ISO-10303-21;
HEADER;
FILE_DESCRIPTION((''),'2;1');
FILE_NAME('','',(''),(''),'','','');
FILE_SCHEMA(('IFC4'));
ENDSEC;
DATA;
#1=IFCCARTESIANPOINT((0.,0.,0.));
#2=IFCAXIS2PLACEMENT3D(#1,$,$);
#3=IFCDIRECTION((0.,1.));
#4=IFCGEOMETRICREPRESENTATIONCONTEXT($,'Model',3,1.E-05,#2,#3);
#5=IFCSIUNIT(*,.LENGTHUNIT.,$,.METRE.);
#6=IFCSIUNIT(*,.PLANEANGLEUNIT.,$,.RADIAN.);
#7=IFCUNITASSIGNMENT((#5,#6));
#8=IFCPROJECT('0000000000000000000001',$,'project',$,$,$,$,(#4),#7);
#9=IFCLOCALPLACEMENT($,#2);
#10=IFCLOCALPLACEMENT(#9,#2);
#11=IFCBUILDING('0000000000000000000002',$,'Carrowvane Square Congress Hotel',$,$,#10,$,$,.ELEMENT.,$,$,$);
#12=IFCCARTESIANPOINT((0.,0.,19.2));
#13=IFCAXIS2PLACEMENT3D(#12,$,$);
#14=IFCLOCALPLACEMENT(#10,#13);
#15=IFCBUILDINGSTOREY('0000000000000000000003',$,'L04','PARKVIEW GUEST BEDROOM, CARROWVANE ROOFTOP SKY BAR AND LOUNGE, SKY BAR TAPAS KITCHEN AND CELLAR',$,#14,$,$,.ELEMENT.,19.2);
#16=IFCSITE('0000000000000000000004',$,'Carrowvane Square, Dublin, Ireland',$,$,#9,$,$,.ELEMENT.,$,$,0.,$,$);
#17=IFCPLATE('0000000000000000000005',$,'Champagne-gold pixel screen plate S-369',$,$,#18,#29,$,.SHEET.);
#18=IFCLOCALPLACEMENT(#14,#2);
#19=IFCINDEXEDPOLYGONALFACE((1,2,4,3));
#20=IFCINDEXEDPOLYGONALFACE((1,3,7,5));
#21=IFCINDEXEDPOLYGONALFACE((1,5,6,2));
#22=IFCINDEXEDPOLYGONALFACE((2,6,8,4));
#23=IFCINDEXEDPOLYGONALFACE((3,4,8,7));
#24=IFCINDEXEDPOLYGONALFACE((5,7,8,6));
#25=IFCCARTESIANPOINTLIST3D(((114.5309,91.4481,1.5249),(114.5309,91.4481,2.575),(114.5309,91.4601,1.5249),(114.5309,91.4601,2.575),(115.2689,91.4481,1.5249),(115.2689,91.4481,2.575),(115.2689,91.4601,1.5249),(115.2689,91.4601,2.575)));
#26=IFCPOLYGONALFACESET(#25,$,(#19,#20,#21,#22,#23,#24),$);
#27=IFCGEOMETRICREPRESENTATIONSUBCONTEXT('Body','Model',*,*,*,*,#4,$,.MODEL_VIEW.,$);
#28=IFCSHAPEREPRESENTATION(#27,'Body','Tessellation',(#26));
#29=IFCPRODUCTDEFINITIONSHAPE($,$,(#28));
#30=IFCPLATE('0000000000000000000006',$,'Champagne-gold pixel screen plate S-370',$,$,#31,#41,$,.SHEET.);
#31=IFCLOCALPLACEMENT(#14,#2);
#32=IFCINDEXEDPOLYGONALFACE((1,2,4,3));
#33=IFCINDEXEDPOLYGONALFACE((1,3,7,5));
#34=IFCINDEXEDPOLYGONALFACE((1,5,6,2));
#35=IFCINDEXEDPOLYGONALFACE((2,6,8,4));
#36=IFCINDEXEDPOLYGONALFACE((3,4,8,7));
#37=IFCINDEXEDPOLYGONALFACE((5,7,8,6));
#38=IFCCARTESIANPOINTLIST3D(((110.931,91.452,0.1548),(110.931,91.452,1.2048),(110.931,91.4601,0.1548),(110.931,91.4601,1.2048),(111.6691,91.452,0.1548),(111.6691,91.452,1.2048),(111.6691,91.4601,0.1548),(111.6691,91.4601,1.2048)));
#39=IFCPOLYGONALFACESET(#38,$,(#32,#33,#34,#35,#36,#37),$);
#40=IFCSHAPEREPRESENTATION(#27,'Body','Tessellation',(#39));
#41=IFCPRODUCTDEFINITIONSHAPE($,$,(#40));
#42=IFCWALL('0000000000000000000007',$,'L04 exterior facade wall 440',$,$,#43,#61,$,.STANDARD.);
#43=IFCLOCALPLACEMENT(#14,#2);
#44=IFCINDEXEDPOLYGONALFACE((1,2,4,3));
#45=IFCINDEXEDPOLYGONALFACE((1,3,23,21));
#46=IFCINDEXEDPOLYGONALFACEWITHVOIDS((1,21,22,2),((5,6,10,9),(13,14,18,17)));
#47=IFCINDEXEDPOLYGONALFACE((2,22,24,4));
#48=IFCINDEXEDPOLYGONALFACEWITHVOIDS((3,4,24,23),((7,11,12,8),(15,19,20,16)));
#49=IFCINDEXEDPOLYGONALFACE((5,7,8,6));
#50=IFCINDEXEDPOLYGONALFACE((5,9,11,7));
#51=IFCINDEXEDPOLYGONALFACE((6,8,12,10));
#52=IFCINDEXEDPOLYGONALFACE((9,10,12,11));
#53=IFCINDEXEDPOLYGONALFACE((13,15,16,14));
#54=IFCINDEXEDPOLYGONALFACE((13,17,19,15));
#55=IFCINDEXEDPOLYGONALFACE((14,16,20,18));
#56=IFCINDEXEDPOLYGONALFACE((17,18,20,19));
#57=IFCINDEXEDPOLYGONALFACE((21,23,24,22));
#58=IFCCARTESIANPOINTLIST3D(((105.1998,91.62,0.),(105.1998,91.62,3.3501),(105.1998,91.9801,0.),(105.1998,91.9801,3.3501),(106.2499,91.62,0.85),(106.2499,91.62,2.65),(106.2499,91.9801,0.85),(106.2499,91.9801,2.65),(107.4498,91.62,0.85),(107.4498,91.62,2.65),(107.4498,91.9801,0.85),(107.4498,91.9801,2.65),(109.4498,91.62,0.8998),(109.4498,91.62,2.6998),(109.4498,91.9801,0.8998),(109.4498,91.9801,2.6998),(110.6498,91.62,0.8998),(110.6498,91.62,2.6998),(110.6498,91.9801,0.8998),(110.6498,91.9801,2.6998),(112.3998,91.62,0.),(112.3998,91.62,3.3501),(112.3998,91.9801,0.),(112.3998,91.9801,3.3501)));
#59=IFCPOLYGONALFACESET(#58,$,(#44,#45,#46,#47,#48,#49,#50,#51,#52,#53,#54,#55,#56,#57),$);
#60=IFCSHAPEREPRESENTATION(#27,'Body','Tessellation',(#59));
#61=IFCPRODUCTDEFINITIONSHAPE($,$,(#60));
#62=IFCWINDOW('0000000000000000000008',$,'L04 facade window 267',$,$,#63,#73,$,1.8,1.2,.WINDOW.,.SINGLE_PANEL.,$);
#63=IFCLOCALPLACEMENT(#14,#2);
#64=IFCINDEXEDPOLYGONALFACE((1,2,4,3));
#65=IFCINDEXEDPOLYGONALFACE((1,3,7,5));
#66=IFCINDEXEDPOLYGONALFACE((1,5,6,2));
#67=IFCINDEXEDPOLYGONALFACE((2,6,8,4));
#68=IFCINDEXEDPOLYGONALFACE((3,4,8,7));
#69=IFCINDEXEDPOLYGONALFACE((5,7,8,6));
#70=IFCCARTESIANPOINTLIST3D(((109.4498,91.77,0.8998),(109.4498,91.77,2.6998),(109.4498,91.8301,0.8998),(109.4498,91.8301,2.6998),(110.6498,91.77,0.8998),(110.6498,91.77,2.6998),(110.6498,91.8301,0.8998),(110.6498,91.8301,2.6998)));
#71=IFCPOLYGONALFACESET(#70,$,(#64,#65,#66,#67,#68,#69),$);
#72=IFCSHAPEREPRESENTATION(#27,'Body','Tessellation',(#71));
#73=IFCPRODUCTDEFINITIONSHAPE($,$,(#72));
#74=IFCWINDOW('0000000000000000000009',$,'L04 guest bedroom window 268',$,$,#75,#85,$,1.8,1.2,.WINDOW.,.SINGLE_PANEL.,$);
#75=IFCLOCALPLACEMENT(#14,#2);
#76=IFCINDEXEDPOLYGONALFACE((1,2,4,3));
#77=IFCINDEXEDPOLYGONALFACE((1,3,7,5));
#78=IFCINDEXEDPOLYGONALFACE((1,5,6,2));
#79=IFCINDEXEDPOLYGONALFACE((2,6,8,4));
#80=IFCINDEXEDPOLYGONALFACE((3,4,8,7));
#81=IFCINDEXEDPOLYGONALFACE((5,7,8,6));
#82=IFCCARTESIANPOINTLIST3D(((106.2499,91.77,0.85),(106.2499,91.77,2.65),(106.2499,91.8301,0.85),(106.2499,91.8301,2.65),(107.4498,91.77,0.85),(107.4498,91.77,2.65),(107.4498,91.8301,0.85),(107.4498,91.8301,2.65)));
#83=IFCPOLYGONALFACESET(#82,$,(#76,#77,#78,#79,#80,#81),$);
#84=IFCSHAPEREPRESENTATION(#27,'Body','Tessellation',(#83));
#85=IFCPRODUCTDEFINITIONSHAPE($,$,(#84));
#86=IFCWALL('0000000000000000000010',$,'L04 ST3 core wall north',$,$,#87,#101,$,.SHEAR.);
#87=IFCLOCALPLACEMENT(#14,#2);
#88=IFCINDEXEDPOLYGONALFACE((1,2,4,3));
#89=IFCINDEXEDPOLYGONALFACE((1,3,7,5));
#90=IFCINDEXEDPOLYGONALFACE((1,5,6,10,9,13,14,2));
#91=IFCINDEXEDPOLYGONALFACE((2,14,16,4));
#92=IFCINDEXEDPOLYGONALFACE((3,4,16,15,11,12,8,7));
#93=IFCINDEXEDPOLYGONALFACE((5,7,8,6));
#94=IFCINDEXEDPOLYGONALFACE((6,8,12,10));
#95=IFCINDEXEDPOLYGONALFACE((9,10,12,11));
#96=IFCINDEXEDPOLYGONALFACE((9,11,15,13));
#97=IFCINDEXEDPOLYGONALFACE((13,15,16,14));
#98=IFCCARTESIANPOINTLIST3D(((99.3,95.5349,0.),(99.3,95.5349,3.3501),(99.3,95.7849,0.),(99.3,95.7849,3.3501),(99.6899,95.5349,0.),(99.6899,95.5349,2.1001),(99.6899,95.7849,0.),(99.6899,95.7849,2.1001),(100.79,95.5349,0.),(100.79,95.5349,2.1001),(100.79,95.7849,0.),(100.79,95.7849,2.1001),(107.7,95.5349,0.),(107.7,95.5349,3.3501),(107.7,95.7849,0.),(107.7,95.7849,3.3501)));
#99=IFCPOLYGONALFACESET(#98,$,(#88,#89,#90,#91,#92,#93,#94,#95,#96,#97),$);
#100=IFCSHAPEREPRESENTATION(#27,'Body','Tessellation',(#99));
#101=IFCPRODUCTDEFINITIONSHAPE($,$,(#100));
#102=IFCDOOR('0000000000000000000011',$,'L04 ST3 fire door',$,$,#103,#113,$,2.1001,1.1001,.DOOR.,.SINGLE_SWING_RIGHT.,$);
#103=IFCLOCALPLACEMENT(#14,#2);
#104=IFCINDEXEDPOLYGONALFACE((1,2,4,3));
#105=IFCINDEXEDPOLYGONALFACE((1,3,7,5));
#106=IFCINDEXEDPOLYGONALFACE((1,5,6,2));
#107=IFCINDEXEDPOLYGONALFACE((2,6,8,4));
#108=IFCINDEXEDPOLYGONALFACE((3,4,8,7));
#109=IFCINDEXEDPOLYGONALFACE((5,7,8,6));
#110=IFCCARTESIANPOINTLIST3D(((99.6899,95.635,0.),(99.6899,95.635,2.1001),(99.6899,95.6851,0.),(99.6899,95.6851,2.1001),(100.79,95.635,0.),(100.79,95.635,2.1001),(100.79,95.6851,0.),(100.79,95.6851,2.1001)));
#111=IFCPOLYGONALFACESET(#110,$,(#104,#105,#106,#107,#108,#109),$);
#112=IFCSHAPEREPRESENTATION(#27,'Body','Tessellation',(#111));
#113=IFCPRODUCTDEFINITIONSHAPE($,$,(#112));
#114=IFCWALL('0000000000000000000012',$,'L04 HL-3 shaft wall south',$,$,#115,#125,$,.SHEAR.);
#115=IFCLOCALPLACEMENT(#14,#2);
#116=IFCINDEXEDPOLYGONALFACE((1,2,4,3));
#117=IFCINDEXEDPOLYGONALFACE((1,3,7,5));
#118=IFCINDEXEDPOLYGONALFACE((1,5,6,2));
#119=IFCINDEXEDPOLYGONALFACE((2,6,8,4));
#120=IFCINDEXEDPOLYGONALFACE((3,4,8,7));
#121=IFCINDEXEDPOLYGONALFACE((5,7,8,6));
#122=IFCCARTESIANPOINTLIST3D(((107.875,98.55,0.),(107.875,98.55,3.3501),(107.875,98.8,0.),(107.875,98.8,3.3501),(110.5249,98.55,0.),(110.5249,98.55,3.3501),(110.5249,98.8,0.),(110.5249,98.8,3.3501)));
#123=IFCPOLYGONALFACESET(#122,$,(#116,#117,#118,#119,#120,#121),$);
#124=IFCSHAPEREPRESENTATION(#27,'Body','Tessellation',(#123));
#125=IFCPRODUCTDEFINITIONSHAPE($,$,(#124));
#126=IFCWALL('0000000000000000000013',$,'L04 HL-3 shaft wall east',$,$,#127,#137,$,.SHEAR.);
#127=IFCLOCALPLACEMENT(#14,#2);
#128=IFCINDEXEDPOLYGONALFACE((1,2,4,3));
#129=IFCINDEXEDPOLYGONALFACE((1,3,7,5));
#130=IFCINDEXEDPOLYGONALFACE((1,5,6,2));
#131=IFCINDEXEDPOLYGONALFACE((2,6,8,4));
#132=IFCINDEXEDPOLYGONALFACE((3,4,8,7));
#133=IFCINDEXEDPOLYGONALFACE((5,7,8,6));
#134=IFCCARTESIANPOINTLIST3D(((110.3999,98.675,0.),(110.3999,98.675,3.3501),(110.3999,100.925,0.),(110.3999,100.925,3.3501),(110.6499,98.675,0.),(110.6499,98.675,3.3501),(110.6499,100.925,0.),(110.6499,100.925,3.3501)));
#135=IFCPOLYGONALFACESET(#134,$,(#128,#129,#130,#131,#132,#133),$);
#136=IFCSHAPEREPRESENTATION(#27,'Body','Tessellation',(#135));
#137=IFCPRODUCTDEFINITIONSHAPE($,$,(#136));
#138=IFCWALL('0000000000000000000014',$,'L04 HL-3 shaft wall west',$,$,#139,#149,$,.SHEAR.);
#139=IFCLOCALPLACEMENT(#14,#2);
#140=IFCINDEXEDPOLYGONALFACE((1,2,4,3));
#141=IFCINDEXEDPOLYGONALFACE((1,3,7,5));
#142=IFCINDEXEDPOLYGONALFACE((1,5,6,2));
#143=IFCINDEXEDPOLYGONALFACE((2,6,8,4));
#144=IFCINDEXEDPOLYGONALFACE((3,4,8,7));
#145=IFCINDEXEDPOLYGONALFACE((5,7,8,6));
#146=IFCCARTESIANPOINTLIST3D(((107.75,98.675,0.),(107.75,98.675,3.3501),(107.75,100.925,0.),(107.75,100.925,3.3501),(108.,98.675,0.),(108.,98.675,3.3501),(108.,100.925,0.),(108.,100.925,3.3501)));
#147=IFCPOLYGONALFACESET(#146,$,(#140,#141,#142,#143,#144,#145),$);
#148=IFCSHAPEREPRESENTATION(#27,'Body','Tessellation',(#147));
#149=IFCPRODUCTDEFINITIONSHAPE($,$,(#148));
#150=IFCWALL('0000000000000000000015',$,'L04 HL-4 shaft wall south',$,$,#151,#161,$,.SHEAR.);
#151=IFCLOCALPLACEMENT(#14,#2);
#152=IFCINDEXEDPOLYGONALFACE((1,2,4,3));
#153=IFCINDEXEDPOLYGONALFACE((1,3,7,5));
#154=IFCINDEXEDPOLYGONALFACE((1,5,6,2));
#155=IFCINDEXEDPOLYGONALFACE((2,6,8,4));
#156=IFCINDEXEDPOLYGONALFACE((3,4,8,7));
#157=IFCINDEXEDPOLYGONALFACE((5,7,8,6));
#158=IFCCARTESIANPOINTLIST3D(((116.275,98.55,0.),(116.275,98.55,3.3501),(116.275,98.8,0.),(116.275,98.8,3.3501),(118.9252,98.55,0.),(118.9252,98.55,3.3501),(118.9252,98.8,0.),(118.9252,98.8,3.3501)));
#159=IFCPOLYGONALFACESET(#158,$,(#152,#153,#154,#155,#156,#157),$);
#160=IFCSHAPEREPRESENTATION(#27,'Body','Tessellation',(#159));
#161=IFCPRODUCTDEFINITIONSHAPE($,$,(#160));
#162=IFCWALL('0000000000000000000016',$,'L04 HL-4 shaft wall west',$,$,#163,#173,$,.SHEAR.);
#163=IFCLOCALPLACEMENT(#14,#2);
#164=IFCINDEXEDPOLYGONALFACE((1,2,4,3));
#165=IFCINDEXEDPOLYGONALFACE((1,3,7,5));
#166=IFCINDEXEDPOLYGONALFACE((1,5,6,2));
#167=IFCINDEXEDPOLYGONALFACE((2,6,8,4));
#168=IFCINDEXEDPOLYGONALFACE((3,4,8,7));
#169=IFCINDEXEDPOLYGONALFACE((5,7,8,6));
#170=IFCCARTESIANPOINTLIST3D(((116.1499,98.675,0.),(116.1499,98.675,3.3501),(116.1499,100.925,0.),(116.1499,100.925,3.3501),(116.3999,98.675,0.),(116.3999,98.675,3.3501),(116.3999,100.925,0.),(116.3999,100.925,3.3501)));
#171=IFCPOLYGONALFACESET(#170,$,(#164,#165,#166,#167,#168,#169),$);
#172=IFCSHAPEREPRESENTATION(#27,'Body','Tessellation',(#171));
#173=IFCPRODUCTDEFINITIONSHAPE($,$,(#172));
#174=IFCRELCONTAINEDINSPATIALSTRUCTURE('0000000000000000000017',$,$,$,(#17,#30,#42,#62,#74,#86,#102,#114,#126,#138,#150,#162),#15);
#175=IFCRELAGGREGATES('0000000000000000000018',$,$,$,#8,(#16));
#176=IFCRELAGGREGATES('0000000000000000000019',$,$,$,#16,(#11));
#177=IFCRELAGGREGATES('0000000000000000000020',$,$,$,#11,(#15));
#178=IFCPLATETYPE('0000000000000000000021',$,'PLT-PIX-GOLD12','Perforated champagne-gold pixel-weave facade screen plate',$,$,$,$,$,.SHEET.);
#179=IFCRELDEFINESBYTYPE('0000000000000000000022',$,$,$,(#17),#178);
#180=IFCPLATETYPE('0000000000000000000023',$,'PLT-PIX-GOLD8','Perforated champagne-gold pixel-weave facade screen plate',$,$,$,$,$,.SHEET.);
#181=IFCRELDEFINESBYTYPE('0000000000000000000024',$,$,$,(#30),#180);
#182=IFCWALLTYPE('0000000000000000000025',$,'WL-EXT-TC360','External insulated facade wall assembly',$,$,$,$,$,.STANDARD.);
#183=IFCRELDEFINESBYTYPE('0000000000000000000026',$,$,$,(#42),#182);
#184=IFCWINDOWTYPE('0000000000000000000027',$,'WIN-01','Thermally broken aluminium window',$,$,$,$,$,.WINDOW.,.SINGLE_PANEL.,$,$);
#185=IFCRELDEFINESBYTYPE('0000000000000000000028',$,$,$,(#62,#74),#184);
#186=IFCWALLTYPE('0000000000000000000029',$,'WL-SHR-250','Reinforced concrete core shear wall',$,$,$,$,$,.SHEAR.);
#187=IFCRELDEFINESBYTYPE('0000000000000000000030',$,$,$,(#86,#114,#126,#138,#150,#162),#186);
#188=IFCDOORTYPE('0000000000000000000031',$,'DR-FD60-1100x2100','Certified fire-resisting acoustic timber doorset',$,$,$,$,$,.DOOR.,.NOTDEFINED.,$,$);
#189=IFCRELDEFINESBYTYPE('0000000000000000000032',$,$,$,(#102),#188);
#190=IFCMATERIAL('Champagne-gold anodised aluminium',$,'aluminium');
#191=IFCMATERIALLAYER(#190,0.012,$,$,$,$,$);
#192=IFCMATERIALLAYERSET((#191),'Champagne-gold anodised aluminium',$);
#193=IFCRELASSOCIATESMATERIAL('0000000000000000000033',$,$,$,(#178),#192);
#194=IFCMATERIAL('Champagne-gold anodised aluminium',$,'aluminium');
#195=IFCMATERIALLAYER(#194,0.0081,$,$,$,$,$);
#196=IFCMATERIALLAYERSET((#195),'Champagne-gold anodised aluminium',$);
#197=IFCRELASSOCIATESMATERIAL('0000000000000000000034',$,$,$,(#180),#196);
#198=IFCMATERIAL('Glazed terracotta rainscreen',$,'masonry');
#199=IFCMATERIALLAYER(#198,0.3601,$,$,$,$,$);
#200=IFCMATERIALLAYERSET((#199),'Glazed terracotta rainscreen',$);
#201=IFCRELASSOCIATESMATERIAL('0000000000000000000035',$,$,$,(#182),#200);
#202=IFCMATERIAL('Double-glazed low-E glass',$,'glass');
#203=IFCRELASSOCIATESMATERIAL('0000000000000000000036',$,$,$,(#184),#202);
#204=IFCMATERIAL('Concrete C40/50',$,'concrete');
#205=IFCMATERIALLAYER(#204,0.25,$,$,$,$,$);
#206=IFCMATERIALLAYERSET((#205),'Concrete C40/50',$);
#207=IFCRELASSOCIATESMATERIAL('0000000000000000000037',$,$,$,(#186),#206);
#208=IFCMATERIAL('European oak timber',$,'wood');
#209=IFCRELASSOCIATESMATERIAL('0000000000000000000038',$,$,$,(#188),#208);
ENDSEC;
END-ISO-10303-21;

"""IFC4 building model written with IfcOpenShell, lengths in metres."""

from ifc_helpers import new_model, si_unit, direction, frame, frame_2d, origin, origin_2d, place, context, subcontext, project, spatial, rectangle, extrude, material, layer, layer_set, type_object, element, fill, save


model = new_model("IFC4")

# Units and contexts
model_context = context("Model", 3, precision=1e-05, world=origin(), true_north=direction((0.0, 1.0)))
body_context = subcontext(model_context, "Body", "Model", "MODEL_VIEW")
ifc_project = project(units=[si_unit("LENGTHUNIT", "METRE"), si_unit("PLANEANGLEUNIT", "RADIAN")], contexts=[model_context])

# Site, building, storey
site_placement = place(None, origin())
site = spatial("IfcSite", under=ifc_project, at=site_placement, Name="Carrowvane Square, Dublin, Ireland", CompositionType="ELEMENT", RefElevation=0.0)
building_placement = place(site_placement, origin())
building = spatial("IfcBuilding", under=site, at=building_placement, Name="Carrowvane Square Congress Hotel", CompositionType="ELEMENT")
storey_placement = place(building_placement, frame((0.0, 0.0, 19.2)))
storey = spatial("IfcBuildingStorey", under=building, at=storey_placement, Name="L04", Description="PARKVIEW GUEST BEDROOM, CARROWVANE ROOFTOP SKY BAR AND LOUNGE, SKY BAR TAPAS KITCHEN AND CELLAR", CompositionType="ELEMENT", Elevation=19.2)

# Plates
ifc_material_1 = material(Name="Champagne-gold anodised aluminium", Category="aluminium")
ifc_layer_1 = layer(ifc_material_1, 0.012)
ifc_layer_set_1 = layer_set([ifc_layer_1], Name="Champagne-gold anodised aluminium")
plate_type_1 = type_object("IfcPlateType", Name="PLT-PIX-GOLD12", Description="Perforated champagne-gold pixel-weave facade screen plate", PredefinedType="SHEET", material=ifc_layer_set_1)
plate_1_placement = place(storey_placement, frame((114.8999, 91.4541, 1.5249), z_axis=(0.0, 0.0, 1.0), x_axis=(-1.0, 0.0, 0.0)))
element("IfcPlate", 1, at=plate_1_placement, inside=storey, type_object=plate_type_1, Name="Champagne-gold pixel screen plate S-369", PredefinedType="SHEET", context=body_context, shape_type="SweptSolid", body=[
    extrude(rectangle(XDim=0.738, YDim=0.012, at=origin_2d()), origin(), (0.0, 0.0, 1.0), 1.05),
])
ifc_material_2 = material(Name="Champagne-gold anodised aluminium", Category="aluminium")
ifc_layer_2 = layer(ifc_material_2, 0.0081)
ifc_layer_set_2 = layer_set([ifc_layer_2], Name="Champagne-gold anodised aluminium")
plate_type_2 = type_object("IfcPlateType", Name="PLT-PIX-GOLD8", Description="Perforated champagne-gold pixel-weave facade screen plate", PredefinedType="SHEET", material=ifc_layer_set_2)
plate_2_placement = place(storey_placement, frame((111.3, 91.4561, 0.1548), z_axis=(0.0, 0.0, 1.0), x_axis=(-1.0, 0.0, 0.0)))
element("IfcPlate", 2, at=plate_2_placement, inside=storey, type_object=plate_type_2, Name="Champagne-gold pixel screen plate S-370", PredefinedType="SHEET", context=body_context, shape_type="SweptSolid", body=[
    extrude(rectangle(XDim=0.738, YDim=0.0081, at=origin_2d()), origin(), (0.0, 0.0, 1.0), 1.05),
])

# Wall, openings, windows
ifc_material_3 = material(Name="Glazed terracotta rainscreen", Category="masonry")
ifc_layer_3 = layer(ifc_material_3, 0.3601)
ifc_layer_set_3 = layer_set([ifc_layer_3], Name="Glazed terracotta rainscreen")
wall_type_1 = type_object("IfcWallType", Name="WL-EXT-TC360", Description="External insulated facade wall assembly", PredefinedType="STANDARD", material=ifc_layer_set_3)
wall_1_placement = place(storey_placement, frame((112.3999, 91.8, 0.0), z_axis=(0.0, 0.0, 1.0), x_axis=(-1.0, 0.0, 0.0)))
wall_1 = element("IfcWall", 3, at=wall_1_placement, inside=storey, type_object=wall_type_1, Name="L04 exterior facade wall 440", PredefinedType="STANDARD", context=body_context, shape_type="SweptSolid", body=[
    extrude(rectangle(XDim=7.2, YDim=0.3601, at=frame_2d((3.6001, 0.0))), origin(), (0.0, 0.0, 1.0), 3.3501),
])
opening_1_placement = place(wall_1_placement, frame((1.75, 0.0, 0.8999)))
opening_1 = element("IfcOpeningElement", 4, at=opening_1_placement, cuts=wall_1, PredefinedType="OPENING", context=body_context, shape_type="SweptSolid", body=[
    extrude(rectangle(XDim=1.2, YDim=1.8, at=frame_2d((0.6001, 0.8999))), frame((0.0, 0.1899, 0.0), z_axis=(0.0, -1.0, 0.0), x_axis=(1.0, 0.0, 0.0)), (0.0, 0.0, 1.0), 0.3801),
])
opening_2_placement = place(wall_1_placement, frame((4.95, 0.0, 0.8501)))
opening_2 = element("IfcOpeningElement", 5, at=opening_2_placement, cuts=wall_1, PredefinedType="OPENING", context=body_context, shape_type="SweptSolid", body=[
    extrude(rectangle(XDim=1.2, YDim=1.8, at=frame_2d((0.6001, 0.8999))), frame((0.0, 0.1899, 0.0), z_axis=(0.0, -1.0, 0.0), x_axis=(1.0, 0.0, 0.0)), (0.0, 0.0, 1.0), 0.3801),
])
ifc_material_4 = material(Name="Double-glazed low-E glass", Category="glass")
window_type = type_object("IfcWindowType", Name="WIN-01", Description="Thermally broken aluminium window", PartitioningType="SINGLE_PANEL", PredefinedType="WINDOW", material=ifc_material_4)
window_1_placement = place(opening_1_placement, origin())
window_1 = element("IfcWindow", 6, at=window_1_placement, inside=storey, type_object=window_type, Name="L04 facade window 267", OverallHeight=1.8, OverallWidth=1.2, PartitioningType="SINGLE_PANEL", PredefinedType="WINDOW", context=body_context, shape_type="SweptSolid", body=[
    extrude(rectangle(XDim=1.2, YDim=1.8, at=frame_2d((0.6001, 0.8999))), frame((0.0, 0.03, 0.0), z_axis=(0.0, -1.0, 0.0), x_axis=(1.0, 0.0, 0.0)), (0.0, 0.0, 1.0), 0.0601),
])
fill(opening_1, window_1)
window_2_placement = place(opening_2_placement, origin())
window_2 = element("IfcWindow", 7, at=window_2_placement, inside=storey, type_object=window_type, Name="L04 guest bedroom window 268", OverallHeight=1.8, OverallWidth=1.2, PartitioningType="SINGLE_PANEL", PredefinedType="WINDOW", context=body_context, shape_type="SweptSolid", body=[
    extrude(rectangle(XDim=1.2, YDim=1.8, at=frame_2d((0.6001, 0.8999))), frame((0.0, 0.03, 0.0), z_axis=(0.0, -1.0, 0.0), x_axis=(1.0, 0.0, 0.0)), (0.0, 0.0, 1.0), 0.0601),
])
fill(opening_2, window_2)

# Wall, opening, door
ifc_material_5 = material(Name="Concrete C40/50", Category="concrete")
ifc_layer_4 = layer(ifc_material_5, 0.25)
ifc_layer_set_4 = layer_set([ifc_layer_4], Name="Concrete C40/50")
wall_type_2 = type_object("IfcWallType", Name="WL-SHR-250", Description="Reinforced concrete core shear wall", PredefinedType="SHEAR", material=ifc_layer_set_4)
wall_2_placement = place(storey_placement, frame((107.7, 95.6599, 0.0), z_axis=(0.0, 0.0, 1.0), x_axis=(-1.0, 0.0, 0.0)))
wall_2 = element("IfcWall", 8, at=wall_2_placement, inside=storey, type_object=wall_type_2, Name="L04 ST3 core wall north", PredefinedType="SHEAR", context=body_context, shape_type="SweptSolid", body=[
    extrude(rectangle(XDim=8.3999, YDim=0.25, at=frame_2d((4.2, 0.0))), origin(), (0.0, 0.0, 1.0), 3.3501),
])
opening_3_placement = place(wall_2_placement, frame((6.9099, 0.0, 0.0)))
opening_3 = element("IfcOpeningElement", 9, at=opening_3_placement, cuts=wall_2, PredefinedType="OPENING", context=body_context, shape_type="SweptSolid", body=[
    extrude(rectangle(XDim=1.1001, YDim=2.1001, at=frame_2d((0.55, 1.05))), frame((0.0, 0.135, 0.0), z_axis=(0.0, -1.0, 0.0), x_axis=(1.0, 0.0, 0.0)), (0.0, 0.0, 1.0), 0.27),
])
ifc_material_6 = material(Name="European oak timber", Category="wood")
door_type_1 = type_object("IfcDoorType", Name="DR-FD60-1100x2100", Description="Certified fire-resisting acoustic timber doorset", OperationType="NOTDEFINED", PredefinedType="DOOR", material=ifc_material_6)
door_1_placement = place(opening_3_placement, origin())
door_1 = element("IfcDoor", 10, at=door_1_placement, inside=storey, type_object=door_type_1, Name="L04 ST3 fire door", OperationType="SINGLE_SWING_RIGHT", OverallHeight=2.1001, OverallWidth=1.1001, PredefinedType="DOOR", context=body_context, shape_type="SweptSolid", body=[
    extrude(rectangle(XDim=1.1001, YDim=2.1001, at=frame_2d((0.55, 1.05))), frame((0.0, 0.0249, 0.0), z_axis=(0.0, -1.0, 0.0), x_axis=(1.0, 0.0, 0.0)), (0.0, 0.0, 1.0), 0.05),
])
fill(opening_3, door_1)

# Walls
wall_3_placement = place(storey_placement, frame((107.875, 98.675, 0.0), z_axis=(0.0, 0.0, 1.0), x_axis=(1.0, 0.0, 0.0)))
element("IfcWall", 11, at=wall_3_placement, inside=storey, type_object=wall_type_2, Name="L04 HL-3 shaft wall south", PredefinedType="SHEAR", context=body_context, shape_type="SweptSolid", body=[
    extrude(rectangle(XDim=2.6499, YDim=0.25, at=frame_2d((1.325, 0.0))), origin(), (0.0, 0.0, 1.0), 3.3501),
])
wall_4_placement = place(storey_placement, frame((110.5249, 98.675, 0.0), z_axis=(0.0, 0.0, 1.0), x_axis=(0.0, 1.0, 0.0)))
element("IfcWall", 12, at=wall_4_placement, inside=storey, type_object=wall_type_2, Name="L04 HL-3 shaft wall east", PredefinedType="SHEAR", context=body_context, shape_type="SweptSolid", body=[
    extrude(rectangle(XDim=2.25, YDim=0.25, at=frame_2d((1.125, 0.0))), origin(), (0.0, 0.0, 1.0), 3.3501),
])

# Walls
wall_5_placement = place(storey_placement, frame((107.875, 100.925, 0.0), z_axis=(0.0, 0.0, 1.0), x_axis=(0.0, -1.0, 0.0)))
element("IfcWall", 13, at=wall_5_placement, inside=storey, type_object=wall_type_2, Name="L04 HL-3 shaft wall west", PredefinedType="SHEAR", context=body_context, shape_type="SweptSolid", body=[
    extrude(rectangle(XDim=2.25, YDim=0.25, at=frame_2d((1.125, 0.0))), origin(), (0.0, 0.0, 1.0), 3.3501),
])
wall_6_placement = place(storey_placement, frame((116.2749, 98.675, 0.0), z_axis=(0.0, 0.0, 1.0), x_axis=(1.0, 0.0, 0.0)))
element("IfcWall", 14, at=wall_6_placement, inside=storey, type_object=wall_type_2, Name="L04 HL-4 shaft wall south", PredefinedType="SHEAR", context=body_context, shape_type="SweptSolid", body=[
    extrude(rectangle(XDim=2.6501, YDim=0.25, at=frame_2d((1.3252, 0.0))), origin(), (0.0, 0.0, 1.0), 3.3501),
])
wall_7_placement = place(storey_placement, frame((116.2749, 100.925, 0.0), z_axis=(0.0, 0.0, 1.0), x_axis=(0.0, -1.0, 0.0)))
element("IfcWall", 15, at=wall_7_placement, inside=storey, type_object=wall_type_2, Name="L04 HL-4 shaft wall west", PredefinedType="SHEAR", context=body_context, shape_type="SweptSolid", body=[
    extrude(rectangle(XDim=2.25, YDim=0.25, at=frame_2d((1.125, 0.0))), origin(), (0.0, 0.0, 1.0), 3.3501),
])

save(model, "model.ifc")
